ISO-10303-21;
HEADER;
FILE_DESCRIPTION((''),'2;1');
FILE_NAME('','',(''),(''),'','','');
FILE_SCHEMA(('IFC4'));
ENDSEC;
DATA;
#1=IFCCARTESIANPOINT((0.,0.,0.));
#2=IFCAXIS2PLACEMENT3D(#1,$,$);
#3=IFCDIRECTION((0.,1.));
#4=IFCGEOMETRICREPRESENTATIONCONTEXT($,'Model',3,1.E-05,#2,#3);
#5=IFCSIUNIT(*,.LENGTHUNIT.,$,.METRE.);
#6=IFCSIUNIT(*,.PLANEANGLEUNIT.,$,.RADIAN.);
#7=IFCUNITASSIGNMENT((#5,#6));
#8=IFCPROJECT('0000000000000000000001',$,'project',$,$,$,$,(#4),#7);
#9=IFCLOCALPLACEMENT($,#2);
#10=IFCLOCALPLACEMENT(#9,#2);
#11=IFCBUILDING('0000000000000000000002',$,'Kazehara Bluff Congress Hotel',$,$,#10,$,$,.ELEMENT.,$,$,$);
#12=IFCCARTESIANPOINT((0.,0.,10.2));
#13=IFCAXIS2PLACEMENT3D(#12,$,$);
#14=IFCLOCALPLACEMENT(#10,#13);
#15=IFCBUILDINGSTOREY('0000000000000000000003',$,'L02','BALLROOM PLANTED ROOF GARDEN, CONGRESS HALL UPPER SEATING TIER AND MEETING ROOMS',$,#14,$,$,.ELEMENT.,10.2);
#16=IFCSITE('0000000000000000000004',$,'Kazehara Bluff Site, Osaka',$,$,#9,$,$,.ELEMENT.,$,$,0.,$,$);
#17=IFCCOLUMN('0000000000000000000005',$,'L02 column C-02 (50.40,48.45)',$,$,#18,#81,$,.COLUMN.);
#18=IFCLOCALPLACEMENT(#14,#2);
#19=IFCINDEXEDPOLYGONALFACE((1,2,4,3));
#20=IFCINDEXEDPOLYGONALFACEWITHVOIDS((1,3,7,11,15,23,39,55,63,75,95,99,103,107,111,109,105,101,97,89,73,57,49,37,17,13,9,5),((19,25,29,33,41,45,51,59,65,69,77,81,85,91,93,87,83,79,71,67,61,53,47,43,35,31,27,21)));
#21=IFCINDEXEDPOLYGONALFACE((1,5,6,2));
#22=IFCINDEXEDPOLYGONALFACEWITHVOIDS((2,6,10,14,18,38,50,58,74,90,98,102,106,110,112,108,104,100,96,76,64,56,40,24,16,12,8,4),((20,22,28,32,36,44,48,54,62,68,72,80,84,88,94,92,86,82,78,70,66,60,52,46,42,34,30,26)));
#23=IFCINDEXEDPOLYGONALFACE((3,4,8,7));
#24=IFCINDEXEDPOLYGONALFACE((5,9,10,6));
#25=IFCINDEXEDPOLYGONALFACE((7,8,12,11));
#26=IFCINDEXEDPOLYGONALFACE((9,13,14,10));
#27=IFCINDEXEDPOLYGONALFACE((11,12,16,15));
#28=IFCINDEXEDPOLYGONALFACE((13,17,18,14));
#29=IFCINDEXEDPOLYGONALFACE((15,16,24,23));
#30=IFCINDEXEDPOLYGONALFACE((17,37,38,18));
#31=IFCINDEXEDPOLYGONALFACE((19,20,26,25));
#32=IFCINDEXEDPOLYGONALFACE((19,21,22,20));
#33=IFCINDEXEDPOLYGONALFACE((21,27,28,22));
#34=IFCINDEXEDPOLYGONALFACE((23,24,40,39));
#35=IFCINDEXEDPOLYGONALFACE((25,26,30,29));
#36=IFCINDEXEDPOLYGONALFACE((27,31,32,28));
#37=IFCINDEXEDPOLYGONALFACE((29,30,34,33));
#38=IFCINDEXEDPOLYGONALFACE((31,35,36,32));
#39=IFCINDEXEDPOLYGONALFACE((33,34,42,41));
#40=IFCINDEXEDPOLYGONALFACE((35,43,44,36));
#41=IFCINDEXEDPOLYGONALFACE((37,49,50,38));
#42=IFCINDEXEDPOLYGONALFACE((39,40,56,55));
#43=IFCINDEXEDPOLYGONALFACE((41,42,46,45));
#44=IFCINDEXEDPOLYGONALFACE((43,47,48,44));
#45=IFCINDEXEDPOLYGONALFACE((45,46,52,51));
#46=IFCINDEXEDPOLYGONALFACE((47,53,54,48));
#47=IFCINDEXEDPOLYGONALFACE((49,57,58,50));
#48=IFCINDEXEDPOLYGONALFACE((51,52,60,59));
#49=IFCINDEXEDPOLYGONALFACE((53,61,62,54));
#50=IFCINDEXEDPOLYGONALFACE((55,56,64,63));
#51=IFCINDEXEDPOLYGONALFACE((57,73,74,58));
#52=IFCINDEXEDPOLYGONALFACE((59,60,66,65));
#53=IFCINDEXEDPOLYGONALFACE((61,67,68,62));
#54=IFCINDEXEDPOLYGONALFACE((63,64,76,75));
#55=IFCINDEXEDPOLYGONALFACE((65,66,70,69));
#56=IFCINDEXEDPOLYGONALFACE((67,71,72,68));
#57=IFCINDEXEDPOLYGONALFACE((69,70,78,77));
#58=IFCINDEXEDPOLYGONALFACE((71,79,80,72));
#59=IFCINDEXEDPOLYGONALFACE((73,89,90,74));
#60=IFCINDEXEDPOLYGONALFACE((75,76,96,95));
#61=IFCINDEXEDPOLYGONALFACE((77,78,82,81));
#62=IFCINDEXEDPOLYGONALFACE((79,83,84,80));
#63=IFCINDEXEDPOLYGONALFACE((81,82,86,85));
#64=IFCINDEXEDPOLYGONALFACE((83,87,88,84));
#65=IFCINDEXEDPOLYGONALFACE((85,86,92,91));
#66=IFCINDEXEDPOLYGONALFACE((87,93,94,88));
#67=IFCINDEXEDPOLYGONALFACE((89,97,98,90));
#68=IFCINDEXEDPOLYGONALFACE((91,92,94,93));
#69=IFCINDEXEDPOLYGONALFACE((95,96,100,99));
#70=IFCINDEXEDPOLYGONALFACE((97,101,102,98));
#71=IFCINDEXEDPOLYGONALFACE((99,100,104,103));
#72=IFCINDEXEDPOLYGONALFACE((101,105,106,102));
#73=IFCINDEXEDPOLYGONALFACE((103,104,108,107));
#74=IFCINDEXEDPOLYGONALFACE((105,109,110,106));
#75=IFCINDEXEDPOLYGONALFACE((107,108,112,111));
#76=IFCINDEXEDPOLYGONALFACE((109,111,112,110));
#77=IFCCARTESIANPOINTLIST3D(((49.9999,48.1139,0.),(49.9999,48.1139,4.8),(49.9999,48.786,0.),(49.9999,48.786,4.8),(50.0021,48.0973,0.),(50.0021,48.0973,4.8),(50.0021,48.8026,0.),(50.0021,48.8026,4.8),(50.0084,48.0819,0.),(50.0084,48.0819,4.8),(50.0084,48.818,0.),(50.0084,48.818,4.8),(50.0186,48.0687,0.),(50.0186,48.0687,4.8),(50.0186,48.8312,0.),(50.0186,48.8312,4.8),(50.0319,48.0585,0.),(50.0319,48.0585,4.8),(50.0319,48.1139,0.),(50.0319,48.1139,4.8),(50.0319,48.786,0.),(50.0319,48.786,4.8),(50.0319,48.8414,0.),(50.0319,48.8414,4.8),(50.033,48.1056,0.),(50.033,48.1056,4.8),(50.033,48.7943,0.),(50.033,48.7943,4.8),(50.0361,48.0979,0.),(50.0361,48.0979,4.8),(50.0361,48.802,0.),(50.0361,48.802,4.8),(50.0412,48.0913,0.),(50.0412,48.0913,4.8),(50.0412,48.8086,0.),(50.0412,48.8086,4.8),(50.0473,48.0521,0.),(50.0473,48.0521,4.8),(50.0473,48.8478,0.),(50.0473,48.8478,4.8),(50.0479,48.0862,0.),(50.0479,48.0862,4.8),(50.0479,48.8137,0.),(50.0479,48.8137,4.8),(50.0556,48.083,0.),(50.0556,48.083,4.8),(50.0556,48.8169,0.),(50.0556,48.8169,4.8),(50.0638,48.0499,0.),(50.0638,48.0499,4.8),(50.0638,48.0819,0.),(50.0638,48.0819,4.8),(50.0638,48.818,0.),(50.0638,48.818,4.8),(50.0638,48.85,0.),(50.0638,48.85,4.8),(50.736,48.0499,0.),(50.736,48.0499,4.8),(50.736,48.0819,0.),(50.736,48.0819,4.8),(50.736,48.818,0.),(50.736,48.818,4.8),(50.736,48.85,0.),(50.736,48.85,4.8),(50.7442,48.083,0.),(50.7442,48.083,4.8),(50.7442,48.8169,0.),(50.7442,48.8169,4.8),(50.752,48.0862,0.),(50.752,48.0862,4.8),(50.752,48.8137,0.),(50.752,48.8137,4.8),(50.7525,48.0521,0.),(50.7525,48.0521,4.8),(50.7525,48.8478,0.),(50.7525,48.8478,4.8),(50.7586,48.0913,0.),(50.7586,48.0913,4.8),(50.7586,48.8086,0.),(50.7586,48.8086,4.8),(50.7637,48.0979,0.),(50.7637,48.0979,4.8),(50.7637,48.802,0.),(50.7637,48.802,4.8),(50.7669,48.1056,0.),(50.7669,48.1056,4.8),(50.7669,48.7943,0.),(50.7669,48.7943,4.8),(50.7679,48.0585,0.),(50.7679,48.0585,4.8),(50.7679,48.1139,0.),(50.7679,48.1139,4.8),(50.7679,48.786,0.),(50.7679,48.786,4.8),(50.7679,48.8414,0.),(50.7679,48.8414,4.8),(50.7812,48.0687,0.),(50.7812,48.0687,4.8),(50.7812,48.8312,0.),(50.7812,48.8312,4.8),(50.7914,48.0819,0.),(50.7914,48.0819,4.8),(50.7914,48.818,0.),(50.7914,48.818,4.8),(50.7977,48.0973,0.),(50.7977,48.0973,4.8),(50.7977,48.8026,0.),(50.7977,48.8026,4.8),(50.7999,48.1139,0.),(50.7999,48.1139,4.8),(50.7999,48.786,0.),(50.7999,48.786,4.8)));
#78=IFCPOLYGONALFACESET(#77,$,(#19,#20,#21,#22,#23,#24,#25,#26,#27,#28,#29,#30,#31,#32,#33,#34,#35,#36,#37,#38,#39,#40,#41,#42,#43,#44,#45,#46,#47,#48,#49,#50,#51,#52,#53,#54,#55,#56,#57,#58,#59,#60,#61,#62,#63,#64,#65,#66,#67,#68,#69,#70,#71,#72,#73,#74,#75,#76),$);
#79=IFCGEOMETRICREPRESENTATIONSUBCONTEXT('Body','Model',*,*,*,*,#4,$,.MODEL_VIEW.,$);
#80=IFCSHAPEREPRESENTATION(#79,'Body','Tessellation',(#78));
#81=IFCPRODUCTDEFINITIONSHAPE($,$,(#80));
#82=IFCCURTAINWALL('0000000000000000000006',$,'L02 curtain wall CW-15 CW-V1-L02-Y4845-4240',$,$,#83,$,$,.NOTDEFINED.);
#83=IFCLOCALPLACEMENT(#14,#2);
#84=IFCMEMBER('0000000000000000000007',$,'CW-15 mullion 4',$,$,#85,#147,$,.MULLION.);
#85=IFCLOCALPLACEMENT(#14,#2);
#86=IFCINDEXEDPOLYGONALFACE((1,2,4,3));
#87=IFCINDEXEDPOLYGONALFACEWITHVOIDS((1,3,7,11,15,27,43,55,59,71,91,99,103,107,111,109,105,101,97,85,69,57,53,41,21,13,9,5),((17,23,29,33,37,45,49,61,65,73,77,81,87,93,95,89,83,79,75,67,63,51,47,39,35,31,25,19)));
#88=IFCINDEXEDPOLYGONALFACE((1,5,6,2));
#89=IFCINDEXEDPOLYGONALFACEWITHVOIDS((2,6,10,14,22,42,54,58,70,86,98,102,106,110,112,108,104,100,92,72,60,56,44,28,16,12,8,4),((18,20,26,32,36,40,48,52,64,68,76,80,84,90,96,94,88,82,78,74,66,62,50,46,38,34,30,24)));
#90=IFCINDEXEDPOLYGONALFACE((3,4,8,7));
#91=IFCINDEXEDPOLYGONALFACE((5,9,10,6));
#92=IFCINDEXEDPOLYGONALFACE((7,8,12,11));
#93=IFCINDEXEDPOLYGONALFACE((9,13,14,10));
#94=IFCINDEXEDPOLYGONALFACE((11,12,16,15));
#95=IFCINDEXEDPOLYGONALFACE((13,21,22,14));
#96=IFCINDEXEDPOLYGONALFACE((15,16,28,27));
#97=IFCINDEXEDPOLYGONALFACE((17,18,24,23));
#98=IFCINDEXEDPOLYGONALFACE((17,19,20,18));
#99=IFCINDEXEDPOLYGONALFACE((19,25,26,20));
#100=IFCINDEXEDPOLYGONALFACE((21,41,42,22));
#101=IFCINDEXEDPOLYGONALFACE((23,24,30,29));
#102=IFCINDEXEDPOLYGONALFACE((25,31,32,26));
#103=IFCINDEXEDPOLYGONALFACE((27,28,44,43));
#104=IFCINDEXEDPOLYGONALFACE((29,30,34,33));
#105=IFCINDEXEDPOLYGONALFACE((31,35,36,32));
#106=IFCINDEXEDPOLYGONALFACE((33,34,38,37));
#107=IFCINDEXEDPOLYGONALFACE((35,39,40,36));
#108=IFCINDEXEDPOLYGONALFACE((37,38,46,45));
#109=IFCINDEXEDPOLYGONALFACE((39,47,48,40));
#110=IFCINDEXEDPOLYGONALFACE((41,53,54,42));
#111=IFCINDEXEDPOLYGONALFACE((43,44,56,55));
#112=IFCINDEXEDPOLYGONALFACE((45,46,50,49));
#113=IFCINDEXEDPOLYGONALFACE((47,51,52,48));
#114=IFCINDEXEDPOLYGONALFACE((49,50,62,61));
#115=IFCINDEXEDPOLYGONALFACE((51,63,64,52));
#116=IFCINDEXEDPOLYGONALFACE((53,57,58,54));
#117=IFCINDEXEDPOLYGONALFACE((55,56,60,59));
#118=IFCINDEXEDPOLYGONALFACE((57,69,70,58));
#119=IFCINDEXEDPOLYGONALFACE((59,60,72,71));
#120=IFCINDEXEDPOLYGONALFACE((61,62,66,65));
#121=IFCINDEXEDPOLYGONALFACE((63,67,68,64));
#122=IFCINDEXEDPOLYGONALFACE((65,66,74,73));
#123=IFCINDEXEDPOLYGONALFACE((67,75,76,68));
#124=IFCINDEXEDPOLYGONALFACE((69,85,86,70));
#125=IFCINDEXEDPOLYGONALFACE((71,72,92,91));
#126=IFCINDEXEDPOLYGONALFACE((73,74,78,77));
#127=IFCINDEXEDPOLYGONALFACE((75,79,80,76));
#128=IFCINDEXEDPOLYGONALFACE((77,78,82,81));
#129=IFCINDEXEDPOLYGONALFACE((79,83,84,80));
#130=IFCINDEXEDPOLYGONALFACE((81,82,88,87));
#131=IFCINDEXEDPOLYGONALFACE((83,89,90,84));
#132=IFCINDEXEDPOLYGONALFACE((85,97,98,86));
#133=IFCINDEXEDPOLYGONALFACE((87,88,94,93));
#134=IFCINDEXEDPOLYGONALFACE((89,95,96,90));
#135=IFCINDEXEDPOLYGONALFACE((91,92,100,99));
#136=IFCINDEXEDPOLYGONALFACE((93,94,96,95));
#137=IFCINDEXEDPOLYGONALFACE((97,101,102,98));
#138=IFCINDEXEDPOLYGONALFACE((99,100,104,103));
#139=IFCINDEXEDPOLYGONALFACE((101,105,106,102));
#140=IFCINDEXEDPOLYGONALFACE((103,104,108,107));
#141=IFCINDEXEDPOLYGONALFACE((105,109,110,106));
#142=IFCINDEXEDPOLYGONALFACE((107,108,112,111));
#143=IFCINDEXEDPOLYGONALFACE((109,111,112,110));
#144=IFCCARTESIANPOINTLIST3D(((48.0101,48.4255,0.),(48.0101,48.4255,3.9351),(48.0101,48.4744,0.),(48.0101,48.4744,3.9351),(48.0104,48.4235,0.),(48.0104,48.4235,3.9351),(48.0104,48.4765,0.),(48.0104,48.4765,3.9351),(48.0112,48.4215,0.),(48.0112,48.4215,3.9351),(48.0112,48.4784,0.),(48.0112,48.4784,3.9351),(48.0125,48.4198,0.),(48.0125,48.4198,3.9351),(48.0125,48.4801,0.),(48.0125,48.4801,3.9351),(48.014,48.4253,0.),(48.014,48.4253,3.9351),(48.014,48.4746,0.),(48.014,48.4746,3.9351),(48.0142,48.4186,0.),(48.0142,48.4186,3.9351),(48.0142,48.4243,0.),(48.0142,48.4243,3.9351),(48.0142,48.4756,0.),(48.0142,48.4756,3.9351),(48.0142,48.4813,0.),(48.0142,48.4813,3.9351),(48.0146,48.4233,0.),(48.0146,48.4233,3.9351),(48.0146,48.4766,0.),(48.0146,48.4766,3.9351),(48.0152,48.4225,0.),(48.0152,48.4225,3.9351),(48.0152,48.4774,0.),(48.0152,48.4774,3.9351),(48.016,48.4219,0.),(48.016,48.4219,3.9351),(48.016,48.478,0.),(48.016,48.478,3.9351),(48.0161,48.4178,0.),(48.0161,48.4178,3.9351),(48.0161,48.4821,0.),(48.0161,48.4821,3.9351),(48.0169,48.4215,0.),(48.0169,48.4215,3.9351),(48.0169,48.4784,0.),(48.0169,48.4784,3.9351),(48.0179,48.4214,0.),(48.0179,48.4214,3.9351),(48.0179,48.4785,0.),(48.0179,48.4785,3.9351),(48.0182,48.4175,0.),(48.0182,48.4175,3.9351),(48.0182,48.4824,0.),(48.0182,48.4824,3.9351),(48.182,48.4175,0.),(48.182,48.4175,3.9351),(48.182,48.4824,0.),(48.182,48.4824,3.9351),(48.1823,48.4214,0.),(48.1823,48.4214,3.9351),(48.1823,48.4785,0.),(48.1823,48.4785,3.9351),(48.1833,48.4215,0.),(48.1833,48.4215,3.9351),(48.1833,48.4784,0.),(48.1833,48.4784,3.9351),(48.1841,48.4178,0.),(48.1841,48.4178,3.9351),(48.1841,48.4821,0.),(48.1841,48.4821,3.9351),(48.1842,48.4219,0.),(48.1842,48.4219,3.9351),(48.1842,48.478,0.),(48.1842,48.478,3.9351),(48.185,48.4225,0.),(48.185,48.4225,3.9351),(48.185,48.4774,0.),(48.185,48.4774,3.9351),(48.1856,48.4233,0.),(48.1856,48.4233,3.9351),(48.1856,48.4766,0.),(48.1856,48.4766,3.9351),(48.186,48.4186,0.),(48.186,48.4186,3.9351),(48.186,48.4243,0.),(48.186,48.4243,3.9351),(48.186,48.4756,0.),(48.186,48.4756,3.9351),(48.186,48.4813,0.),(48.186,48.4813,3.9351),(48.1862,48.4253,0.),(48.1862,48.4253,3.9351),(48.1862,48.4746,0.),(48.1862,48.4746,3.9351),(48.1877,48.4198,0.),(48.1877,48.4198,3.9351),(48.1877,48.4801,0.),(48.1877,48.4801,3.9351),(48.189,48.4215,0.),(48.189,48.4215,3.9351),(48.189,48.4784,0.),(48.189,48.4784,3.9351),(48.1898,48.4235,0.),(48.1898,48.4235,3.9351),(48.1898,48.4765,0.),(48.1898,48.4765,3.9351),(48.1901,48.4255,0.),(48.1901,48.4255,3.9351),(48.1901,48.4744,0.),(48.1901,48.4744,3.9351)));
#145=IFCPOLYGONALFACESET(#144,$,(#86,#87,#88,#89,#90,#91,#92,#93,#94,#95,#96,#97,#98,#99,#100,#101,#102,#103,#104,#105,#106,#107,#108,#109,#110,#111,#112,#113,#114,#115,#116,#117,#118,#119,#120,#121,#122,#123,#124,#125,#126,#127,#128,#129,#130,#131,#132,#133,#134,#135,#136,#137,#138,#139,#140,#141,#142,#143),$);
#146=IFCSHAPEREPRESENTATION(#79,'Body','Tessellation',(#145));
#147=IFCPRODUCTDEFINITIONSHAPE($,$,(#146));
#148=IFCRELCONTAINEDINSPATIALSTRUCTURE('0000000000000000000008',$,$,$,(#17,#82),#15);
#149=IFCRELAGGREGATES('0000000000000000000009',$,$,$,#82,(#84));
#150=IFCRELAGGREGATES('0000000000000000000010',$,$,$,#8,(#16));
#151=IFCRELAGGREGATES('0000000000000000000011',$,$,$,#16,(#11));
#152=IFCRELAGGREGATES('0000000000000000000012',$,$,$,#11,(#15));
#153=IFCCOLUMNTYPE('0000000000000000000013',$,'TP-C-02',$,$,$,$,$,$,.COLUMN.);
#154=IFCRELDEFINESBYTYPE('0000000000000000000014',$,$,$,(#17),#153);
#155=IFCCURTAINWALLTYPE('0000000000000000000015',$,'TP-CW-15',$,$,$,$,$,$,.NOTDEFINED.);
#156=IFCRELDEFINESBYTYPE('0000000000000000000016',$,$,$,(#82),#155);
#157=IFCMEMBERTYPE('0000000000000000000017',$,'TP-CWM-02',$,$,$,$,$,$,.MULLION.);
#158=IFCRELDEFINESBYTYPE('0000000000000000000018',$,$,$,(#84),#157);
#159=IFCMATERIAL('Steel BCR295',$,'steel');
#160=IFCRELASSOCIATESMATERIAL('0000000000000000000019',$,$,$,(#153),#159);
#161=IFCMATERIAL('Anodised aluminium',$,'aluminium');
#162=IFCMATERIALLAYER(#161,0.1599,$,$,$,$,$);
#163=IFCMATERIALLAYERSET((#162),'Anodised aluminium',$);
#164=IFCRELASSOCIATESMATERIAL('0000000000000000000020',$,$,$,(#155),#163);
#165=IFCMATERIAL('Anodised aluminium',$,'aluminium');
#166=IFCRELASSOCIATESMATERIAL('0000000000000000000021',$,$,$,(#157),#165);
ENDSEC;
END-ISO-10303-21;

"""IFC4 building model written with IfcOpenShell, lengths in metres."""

from ifc_helpers import new_model, si_unit, direction, frame, origin, origin_2d, place, context, subcontext, project, spatial, hollow_rectangle, extrude, material, layer, layer_set, material_profile, profile_set, type_object, element, aggregate, save


model = new_model("IFC4")

# Units and contexts
model_context = context("Model", 3, precision=1e-05, world=origin(), true_north=direction((0.0, 1.0)))
body_context = subcontext(model_context, "Body", "Model", "MODEL_VIEW")
ifc_project = project(units=[si_unit("LENGTHUNIT", "METRE"), si_unit("PLANEANGLEUNIT", "RADIAN")], contexts=[model_context])

# Site, building, storey
site_placement = place(None, origin())
site = spatial("IfcSite", under=ifc_project, at=site_placement, Name="Kazehara Bluff Site, Osaka", CompositionType="ELEMENT", RefElevation=0.0)
building_placement = place(site_placement, origin())
building = spatial("IfcBuilding", under=site, at=building_placement, Name="Kazehara Bluff Congress Hotel", CompositionType="ELEMENT")
storey_placement = place(building_placement, frame((0.0, 0.0, 10.2)))
storey = spatial("IfcBuildingStorey", under=building, at=storey_placement, Name="L02", Description="BALLROOM PLANTED ROOF GARDEN, CONGRESS HALL UPPER SEATING TIER AND MEETING ROOMS", CompositionType="ELEMENT", Elevation=10.2)

# Column
ifc_material_1 = material(Name="Steel BCR295", Category="steel")
ifc_material_profile_1 = material_profile(ifc_material_1, hollow_rectangle(XDim=0.8, YDim=0.8, WallThickness=0.032, InnerFilletRadius=0.032, OuterFilletRadius=0.064, at=origin_2d()))
ifc_profile_set_1 = profile_set([ifc_material_profile_1], Name="Steel BCR295")
column_type = type_object("IfcColumnType", Name="TP-C-02", PredefinedType="COLUMN", material=ifc_profile_set_1)
column_placement = place(storey_placement, frame((50.3999, 48.45, 0.0), z_axis=(0.0, 0.0, 1.0), x_axis=(1.0, 0.0, 0.0)))
element("IfcColumn", 1, at=column_placement, inside=storey, type_object=column_type, Name="L02 column C-02 (50.40,48.45)", PredefinedType="COLUMN", context=body_context, shape_type="SweptSolid", body=[
    extrude(hollow_rectangle(XDim=0.8, YDim=0.8, WallThickness=0.032, InnerFilletRadius=0.032, OuterFilletRadius=0.064, at=origin_2d()), origin(), (0.0, 0.0, 1.0), 4.8),
])

# Curtain wall, member
ifc_material_2 = material(Name="Anodised aluminium", Category="aluminium")
ifc_layer_1 = layer(ifc_material_2, 0.1599)
ifc_layer_set_1 = layer_set([ifc_layer_1], Name="Anodised aluminium")
curtain_wall_type_1 = type_object("IfcCurtainWallType", Name="TP-CW-15", PredefinedType="NOTDEFINED", material=ifc_layer_set_1)
curtain_wall_1_placement = place(storey_placement, origin())
curtain_wall_1 = element("IfcCurtainWall", 2, at=curtain_wall_1_placement, inside=storey, type_object=curtain_wall_type_1, Name="L02 curtain wall CW-15 CW-V1-L02-Y4845-4240", PredefinedType="NOTDEFINED")
ifc_material_3 = material(Name="Anodised aluminium", Category="aluminium")
ifc_material_profile_2 = material_profile(ifc_material_3, hollow_rectangle(XDim=0.0649, YDim=0.1799, WallThickness=0.0039, InnerFilletRadius=0.0039, OuterFilletRadius=0.0081, at=origin_2d()))
ifc_profile_set_2 = profile_set([ifc_material_profile_2], Name="Anodised aluminium")
member_type_1 = type_object("IfcMemberType", Name="TP-CWM-02", PredefinedType="MULLION", material=ifc_profile_set_2)
member_1_placement = place(storey_placement, frame((48.1001, 48.45, 0.0), z_axis=(0.0, 0.0, 1.0), x_axis=(0.0, 1.0, 0.0)))
member_1 = element("IfcMember", 3, at=member_1_placement, type_object=member_type_1, Name="CW-15 mullion 4", PredefinedType="MULLION", context=body_context, shape_type="SweptSolid", body=[
    extrude(hollow_rectangle(XDim=0.0649, YDim=0.1799, WallThickness=0.0039, InnerFilletRadius=0.0039, OuterFilletRadius=0.0081, at=origin_2d()), origin(), (0.0, 0.0, 1.0), 3.9351),
])

aggregate(curtain_wall_1, [member_1])

save(model, "model.ifc")
